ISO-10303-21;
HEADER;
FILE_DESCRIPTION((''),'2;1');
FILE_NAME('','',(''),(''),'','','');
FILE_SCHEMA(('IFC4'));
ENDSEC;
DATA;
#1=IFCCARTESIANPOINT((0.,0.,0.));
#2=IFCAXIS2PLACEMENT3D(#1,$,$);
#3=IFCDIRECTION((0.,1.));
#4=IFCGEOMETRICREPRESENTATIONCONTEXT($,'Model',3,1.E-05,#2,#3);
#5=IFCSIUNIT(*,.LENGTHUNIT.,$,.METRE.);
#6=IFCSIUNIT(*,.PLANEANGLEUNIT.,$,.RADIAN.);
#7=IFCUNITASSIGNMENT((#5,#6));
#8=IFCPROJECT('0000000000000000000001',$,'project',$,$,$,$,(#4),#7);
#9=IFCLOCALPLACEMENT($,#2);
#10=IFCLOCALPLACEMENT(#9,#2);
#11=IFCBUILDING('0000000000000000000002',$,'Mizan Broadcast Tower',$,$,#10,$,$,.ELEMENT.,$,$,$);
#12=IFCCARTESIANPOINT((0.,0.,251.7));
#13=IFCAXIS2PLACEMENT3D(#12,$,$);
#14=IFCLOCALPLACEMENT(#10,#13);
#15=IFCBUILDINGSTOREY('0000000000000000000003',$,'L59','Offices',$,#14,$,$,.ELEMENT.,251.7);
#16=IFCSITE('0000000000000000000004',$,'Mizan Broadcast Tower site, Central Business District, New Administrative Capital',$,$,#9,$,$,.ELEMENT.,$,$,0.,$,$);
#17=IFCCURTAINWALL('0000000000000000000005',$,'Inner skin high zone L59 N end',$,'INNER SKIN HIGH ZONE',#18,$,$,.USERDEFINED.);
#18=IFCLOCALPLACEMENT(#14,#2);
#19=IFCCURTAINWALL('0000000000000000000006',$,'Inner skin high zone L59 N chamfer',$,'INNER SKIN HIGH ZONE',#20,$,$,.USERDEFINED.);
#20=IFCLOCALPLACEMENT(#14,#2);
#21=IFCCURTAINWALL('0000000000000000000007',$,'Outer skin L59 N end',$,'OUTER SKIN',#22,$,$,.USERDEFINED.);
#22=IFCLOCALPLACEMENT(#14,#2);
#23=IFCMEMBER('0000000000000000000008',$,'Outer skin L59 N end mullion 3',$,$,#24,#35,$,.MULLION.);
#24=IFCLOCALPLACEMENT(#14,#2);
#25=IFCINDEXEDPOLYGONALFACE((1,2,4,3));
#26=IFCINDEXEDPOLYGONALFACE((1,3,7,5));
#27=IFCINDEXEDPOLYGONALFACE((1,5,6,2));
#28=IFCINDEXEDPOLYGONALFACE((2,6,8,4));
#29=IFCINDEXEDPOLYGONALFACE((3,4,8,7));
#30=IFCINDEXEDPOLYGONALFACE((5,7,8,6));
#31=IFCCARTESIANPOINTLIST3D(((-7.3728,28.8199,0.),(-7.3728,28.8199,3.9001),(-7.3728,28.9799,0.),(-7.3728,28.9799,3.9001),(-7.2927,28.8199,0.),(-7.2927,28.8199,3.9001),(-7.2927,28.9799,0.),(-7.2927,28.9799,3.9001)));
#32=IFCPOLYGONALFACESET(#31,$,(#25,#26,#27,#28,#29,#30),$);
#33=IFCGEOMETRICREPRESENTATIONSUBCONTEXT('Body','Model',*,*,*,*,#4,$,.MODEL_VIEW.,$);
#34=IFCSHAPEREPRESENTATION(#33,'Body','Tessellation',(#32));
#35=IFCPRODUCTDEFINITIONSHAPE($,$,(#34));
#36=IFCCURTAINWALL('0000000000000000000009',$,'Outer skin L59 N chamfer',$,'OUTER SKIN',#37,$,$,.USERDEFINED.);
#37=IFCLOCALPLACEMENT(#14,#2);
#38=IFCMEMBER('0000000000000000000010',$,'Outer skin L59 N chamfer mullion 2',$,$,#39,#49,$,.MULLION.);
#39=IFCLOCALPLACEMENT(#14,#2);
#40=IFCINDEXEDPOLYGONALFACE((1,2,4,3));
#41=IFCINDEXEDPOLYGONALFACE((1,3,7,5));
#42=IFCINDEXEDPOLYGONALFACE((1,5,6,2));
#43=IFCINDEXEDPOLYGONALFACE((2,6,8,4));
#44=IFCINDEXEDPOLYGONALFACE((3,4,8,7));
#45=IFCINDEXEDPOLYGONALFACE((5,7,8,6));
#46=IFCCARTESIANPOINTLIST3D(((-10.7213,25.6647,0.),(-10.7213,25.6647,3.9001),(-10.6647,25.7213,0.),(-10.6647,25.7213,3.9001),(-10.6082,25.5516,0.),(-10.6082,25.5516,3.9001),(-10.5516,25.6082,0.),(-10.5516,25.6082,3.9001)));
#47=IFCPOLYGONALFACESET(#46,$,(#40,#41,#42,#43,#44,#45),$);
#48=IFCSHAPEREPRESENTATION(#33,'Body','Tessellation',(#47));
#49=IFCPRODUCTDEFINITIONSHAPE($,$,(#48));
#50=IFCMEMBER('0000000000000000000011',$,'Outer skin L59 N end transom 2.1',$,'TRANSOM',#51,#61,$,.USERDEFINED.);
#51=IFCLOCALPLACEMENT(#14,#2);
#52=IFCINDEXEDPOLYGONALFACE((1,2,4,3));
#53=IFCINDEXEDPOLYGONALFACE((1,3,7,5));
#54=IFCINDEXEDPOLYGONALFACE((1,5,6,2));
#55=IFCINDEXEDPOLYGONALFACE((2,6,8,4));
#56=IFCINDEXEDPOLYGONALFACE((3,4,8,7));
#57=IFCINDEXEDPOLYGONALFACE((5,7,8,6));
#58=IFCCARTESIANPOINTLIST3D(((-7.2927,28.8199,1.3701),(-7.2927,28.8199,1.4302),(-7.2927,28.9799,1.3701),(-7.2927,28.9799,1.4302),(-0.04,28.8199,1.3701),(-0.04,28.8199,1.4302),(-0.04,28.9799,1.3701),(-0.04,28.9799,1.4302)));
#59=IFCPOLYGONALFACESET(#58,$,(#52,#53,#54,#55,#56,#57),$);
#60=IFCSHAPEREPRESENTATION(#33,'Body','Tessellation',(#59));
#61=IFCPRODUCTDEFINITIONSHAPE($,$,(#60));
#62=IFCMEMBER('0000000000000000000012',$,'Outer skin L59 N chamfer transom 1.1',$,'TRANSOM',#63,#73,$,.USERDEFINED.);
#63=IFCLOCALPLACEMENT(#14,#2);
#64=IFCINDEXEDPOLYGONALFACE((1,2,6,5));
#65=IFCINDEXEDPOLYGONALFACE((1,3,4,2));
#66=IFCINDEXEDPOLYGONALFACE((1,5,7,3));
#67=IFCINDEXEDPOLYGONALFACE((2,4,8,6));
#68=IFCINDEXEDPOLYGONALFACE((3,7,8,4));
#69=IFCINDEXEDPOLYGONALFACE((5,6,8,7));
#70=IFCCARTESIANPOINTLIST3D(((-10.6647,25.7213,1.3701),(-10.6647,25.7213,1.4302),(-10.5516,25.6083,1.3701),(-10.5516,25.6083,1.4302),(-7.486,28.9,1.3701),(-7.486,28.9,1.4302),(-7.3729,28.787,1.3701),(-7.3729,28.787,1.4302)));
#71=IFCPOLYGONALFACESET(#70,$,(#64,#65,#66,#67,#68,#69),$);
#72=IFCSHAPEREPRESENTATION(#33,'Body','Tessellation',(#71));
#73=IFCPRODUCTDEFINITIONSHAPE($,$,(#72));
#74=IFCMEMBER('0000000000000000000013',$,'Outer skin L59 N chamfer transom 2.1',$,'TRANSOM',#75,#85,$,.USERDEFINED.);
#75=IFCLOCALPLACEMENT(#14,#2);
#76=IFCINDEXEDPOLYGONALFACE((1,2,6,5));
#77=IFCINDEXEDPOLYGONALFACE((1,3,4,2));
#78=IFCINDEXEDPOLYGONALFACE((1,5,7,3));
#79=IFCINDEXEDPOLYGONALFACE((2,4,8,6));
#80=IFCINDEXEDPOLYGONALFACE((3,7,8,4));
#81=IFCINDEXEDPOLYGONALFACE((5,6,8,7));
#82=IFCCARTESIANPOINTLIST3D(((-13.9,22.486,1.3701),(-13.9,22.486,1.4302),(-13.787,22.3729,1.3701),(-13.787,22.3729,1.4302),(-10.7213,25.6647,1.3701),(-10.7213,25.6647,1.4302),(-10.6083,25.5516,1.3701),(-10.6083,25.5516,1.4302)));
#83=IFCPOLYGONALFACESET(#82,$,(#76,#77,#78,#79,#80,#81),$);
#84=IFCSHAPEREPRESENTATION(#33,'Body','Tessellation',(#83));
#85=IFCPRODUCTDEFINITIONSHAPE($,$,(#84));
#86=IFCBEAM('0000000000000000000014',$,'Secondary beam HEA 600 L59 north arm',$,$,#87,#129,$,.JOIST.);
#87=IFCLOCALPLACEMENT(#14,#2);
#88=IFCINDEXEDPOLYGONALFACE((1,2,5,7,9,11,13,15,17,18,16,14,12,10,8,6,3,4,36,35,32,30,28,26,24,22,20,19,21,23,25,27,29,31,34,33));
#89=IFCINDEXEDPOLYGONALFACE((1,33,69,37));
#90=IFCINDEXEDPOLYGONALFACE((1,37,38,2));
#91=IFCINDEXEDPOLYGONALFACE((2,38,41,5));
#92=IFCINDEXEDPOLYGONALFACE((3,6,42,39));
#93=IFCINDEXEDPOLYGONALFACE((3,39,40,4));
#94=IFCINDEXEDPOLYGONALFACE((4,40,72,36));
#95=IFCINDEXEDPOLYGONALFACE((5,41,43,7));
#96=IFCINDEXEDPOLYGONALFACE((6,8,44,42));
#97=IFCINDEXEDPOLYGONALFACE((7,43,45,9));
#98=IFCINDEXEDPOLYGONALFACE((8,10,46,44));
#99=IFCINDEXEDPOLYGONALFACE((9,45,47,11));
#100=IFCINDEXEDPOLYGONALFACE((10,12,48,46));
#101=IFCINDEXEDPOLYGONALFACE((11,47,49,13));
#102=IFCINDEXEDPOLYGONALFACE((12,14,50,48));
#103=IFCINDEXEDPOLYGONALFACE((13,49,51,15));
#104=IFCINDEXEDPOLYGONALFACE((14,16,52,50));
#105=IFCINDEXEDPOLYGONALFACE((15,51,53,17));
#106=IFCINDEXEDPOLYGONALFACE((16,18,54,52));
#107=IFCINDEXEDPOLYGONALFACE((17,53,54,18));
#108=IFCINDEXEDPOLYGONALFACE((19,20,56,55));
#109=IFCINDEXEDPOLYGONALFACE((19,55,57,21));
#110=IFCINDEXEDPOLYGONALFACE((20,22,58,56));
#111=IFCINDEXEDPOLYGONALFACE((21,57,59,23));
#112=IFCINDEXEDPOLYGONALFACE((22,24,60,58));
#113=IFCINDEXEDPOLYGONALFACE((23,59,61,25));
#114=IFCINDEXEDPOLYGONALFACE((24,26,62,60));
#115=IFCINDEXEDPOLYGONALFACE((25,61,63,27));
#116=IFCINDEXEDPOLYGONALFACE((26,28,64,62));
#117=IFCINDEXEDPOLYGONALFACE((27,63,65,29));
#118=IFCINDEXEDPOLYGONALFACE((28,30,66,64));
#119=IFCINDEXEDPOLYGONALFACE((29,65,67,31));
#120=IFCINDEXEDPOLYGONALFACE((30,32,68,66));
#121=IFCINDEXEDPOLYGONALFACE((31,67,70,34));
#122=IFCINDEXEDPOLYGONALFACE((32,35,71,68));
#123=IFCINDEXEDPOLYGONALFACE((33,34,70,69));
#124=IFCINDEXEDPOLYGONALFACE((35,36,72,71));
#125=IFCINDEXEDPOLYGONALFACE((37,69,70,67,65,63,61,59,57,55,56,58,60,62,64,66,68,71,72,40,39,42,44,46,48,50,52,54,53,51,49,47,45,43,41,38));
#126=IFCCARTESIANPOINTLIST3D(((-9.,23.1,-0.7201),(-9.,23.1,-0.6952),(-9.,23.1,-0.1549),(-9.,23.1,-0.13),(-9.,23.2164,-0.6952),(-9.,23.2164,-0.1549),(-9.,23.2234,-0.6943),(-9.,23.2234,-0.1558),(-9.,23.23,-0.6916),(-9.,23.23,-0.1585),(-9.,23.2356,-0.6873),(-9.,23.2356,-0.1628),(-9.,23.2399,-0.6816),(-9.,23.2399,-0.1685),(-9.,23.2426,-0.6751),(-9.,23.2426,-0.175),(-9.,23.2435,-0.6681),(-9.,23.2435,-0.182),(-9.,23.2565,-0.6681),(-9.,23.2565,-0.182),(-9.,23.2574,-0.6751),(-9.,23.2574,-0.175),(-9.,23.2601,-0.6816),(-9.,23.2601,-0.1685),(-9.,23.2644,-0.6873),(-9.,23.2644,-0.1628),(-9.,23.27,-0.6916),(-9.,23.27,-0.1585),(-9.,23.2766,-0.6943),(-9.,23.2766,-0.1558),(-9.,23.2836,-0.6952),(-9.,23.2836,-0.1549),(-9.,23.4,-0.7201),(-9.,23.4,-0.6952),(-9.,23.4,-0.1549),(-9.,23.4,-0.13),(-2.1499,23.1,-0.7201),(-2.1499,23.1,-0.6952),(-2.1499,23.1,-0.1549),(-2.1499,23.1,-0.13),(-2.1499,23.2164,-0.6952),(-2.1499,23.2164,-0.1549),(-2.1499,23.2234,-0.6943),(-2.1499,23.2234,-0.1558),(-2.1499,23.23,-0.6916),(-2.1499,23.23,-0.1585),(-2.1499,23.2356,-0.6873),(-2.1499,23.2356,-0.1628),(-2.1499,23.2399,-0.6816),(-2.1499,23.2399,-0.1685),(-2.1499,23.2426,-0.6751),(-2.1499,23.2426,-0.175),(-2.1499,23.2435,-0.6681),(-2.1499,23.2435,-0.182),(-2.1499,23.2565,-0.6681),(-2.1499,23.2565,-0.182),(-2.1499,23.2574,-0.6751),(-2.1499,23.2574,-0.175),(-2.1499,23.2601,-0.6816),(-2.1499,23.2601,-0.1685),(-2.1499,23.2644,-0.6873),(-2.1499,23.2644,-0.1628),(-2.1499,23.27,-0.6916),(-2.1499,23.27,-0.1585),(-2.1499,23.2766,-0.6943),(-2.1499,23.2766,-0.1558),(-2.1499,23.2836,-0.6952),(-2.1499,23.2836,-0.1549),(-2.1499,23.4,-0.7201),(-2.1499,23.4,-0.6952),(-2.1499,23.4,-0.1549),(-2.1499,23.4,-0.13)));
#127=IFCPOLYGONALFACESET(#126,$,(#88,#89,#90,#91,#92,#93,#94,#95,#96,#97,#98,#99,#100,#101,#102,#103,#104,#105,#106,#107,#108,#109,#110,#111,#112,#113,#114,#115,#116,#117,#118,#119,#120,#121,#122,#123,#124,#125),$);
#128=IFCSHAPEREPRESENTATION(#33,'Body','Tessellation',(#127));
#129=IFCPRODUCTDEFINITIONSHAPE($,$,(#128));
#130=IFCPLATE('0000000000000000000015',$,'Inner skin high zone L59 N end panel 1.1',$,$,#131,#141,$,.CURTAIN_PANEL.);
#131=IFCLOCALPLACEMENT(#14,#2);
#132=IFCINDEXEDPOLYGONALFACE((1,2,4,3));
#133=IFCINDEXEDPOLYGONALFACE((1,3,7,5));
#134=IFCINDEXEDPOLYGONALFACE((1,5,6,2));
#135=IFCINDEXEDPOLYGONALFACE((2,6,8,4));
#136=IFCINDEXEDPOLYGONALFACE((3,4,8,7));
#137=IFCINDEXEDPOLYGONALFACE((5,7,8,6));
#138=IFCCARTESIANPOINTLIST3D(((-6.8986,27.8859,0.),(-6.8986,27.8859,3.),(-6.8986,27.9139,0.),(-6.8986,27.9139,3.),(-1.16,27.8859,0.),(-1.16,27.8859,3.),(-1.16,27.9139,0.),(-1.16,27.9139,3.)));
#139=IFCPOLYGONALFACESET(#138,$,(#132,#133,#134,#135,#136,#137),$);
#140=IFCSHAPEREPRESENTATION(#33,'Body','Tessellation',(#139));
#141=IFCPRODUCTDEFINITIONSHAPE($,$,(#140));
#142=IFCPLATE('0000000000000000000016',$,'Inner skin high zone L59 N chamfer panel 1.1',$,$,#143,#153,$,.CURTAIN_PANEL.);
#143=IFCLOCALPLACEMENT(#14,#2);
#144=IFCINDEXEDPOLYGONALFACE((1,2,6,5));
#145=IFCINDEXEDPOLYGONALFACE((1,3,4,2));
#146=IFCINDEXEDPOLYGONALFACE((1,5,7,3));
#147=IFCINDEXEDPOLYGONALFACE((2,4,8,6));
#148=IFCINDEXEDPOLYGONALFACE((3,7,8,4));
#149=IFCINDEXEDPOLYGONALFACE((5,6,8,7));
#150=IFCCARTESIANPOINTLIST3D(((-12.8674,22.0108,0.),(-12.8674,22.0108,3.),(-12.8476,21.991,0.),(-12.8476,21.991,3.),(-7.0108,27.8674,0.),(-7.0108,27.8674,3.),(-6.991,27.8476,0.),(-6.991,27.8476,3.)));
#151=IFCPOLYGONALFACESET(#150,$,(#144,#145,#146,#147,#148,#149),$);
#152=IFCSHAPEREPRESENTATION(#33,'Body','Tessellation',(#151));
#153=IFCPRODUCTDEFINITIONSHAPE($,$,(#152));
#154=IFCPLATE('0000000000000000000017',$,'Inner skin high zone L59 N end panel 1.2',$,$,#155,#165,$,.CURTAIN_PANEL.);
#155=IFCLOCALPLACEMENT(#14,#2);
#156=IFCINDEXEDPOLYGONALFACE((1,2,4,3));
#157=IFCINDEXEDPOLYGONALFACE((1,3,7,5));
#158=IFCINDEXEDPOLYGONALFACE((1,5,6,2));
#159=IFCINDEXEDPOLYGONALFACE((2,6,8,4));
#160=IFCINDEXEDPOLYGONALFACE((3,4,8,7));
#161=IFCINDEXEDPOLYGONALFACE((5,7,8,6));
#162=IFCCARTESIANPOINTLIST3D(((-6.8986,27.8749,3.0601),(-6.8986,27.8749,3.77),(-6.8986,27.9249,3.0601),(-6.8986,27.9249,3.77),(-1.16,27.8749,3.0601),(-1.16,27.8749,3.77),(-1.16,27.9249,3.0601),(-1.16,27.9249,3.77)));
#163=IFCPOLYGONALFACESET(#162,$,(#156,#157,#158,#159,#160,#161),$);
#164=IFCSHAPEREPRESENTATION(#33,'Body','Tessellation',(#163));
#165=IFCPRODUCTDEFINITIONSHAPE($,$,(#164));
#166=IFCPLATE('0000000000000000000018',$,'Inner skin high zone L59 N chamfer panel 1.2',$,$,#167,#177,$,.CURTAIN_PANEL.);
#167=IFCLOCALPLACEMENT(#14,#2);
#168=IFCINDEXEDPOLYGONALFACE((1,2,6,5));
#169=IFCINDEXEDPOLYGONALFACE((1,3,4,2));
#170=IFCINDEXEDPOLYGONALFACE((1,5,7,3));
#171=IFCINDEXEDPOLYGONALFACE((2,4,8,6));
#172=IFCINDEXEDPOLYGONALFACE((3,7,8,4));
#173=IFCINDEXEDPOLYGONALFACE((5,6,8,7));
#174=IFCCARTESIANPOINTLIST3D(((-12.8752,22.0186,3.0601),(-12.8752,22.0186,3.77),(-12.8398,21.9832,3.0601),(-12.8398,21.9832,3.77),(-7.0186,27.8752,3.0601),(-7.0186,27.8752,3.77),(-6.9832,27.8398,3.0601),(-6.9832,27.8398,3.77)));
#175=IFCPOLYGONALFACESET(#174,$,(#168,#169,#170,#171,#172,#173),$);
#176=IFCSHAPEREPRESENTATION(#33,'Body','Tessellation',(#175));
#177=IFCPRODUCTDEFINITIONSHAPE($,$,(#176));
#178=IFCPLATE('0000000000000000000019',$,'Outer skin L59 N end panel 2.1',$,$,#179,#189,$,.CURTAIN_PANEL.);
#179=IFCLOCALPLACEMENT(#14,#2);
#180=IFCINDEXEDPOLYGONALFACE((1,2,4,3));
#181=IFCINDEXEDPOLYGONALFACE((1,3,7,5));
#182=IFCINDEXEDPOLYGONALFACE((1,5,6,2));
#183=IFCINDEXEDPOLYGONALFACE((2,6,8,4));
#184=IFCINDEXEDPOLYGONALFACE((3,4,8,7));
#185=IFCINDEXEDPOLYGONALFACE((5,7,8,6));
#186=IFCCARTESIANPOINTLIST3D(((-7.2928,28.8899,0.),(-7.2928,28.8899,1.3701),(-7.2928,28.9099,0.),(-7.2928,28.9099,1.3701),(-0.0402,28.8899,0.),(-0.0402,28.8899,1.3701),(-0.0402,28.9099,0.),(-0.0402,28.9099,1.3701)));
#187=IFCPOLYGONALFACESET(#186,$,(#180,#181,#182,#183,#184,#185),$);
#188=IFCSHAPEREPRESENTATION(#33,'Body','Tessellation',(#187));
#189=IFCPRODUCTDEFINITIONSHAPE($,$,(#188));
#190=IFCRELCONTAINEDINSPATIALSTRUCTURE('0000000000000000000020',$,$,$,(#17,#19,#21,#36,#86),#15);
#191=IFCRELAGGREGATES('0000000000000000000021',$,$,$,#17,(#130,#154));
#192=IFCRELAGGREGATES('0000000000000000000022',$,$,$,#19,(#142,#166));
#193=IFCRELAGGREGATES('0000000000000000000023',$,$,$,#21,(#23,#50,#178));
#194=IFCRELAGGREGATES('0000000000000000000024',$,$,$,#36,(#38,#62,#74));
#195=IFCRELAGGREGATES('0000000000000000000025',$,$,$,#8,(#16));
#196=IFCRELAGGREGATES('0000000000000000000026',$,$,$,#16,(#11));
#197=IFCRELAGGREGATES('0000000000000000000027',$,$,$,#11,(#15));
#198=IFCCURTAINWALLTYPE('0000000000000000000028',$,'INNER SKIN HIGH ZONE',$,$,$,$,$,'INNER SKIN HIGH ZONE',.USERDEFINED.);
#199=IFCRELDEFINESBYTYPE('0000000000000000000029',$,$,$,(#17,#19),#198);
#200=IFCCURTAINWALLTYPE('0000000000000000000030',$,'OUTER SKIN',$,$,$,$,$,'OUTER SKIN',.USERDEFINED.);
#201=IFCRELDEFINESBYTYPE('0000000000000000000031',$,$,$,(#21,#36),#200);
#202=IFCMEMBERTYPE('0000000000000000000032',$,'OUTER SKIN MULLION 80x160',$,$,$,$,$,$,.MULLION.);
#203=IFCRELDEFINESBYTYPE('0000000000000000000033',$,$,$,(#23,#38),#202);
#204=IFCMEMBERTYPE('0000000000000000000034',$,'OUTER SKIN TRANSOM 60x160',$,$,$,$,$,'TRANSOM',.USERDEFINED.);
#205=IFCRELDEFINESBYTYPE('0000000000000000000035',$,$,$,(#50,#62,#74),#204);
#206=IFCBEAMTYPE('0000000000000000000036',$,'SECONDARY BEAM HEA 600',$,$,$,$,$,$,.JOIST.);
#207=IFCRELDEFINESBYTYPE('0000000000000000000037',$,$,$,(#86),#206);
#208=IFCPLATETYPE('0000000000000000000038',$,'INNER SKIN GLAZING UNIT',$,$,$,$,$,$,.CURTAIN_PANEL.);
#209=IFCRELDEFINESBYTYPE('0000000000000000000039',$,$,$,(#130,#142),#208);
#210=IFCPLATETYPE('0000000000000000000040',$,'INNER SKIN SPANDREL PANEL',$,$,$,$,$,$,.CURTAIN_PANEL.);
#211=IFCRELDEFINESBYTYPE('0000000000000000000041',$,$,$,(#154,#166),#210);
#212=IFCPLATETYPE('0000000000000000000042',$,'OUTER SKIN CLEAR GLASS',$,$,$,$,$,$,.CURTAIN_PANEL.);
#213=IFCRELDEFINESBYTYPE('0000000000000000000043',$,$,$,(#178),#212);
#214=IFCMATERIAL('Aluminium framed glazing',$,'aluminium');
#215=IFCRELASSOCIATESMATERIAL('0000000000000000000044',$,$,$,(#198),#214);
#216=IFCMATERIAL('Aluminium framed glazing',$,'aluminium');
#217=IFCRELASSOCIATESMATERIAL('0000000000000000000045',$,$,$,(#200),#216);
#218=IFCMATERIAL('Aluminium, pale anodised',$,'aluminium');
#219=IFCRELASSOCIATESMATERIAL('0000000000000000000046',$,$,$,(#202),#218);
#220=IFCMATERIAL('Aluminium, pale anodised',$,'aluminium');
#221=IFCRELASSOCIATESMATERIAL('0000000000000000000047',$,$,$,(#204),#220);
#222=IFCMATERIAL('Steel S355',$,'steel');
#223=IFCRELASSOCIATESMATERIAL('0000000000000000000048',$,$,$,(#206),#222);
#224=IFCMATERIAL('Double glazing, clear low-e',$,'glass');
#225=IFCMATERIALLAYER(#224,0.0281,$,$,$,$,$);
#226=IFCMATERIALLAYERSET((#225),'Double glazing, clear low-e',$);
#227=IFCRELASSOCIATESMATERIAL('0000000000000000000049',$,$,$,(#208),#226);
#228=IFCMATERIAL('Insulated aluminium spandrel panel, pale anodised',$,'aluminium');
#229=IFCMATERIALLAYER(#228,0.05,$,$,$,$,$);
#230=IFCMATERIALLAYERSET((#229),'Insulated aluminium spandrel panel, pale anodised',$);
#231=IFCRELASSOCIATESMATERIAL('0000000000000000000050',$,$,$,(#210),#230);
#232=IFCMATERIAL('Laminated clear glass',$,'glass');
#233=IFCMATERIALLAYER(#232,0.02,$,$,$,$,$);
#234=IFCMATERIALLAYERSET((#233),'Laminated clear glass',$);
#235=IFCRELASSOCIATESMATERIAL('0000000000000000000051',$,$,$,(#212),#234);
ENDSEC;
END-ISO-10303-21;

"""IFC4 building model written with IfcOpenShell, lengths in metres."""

from ifc_helpers import new_model, si_unit, direction, frame, origin, origin_2d, place, context, subcontext, project, spatial, rectangle, i_section, extrude, material, layer, layer_set, material_profile, profile_set, type_object, element, aggregate, save


model = new_model("IFC4")

# Units and contexts
model_context = context("Model", 3, precision=1e-05, world=origin(), true_north=direction((0.0, 1.0)))
body_context = subcontext(model_context, "Body", "Model", "MODEL_VIEW")
ifc_project = project(units=[si_unit("LENGTHUNIT", "METRE"), si_unit("PLANEANGLEUNIT", "RADIAN")], contexts=[model_context])

# Site, building, storey
site_placement = place(None, origin())
site = spatial("IfcSite", under=ifc_project, at=site_placement, Name="Mizan Broadcast Tower site, Central Business District, New Administrative Capital", CompositionType="ELEMENT", RefElevation=0.0)
building_placement = place(site_placement, origin())
building = spatial("IfcBuilding", under=site, at=building_placement, Name="Mizan Broadcast Tower", CompositionType="ELEMENT")
storey_placement = place(building_placement, frame((0.0, 0.0, 251.7)))
storey = spatial("IfcBuildingStorey", under=building, at=storey_placement, Name="L59", Description="Offices", CompositionType="ELEMENT", Elevation=251.7)

# Curtain wall
ifc_material_1 = material(Name="Aluminium framed glazing", Category="aluminium")
curtain_wall_type_1 = type_object("IfcCurtainWallType", Name="INNER SKIN HIGH ZONE", ElementType="INNER SKIN HIGH ZONE", PredefinedType="USERDEFINED", material=ifc_material_1)
curtain_wall_1_placement = place(storey_placement, origin())
curtain_wall_1 = element("IfcCurtainWall", 1, at=curtain_wall_1_placement, inside=storey, type_object=curtain_wall_type_1, Name="Inner skin high zone L59 N end", ObjectType="INNER SKIN HIGH ZONE", PredefinedType="USERDEFINED")

# Curtain wall
curtain_wall_2_placement = place(storey_placement, origin())
curtain_wall_2 = element("IfcCurtainWall", 2, at=curtain_wall_2_placement, inside=storey, type_object=curtain_wall_type_1, Name="Inner skin high zone L59 N chamfer", ObjectType="INNER SKIN HIGH ZONE", PredefinedType="USERDEFINED")

# Curtain walls, members
ifc_material_2 = material(Name="Aluminium framed glazing", Category="aluminium")
curtain_wall_type_2 = type_object("IfcCurtainWallType", Name="OUTER SKIN", ElementType="OUTER SKIN", PredefinedType="USERDEFINED", material=ifc_material_2)
curtain_wall_3_placement = place(storey_placement, origin())
curtain_wall_3 = element("IfcCurtainWall", 3, at=curtain_wall_3_placement, inside=storey, type_object=curtain_wall_type_2, Name="Outer skin L59 N end", ObjectType="OUTER SKIN", PredefinedType="USERDEFINED")
ifc_material_3 = material(Name="Aluminium, pale anodised", Category="aluminium")
ifc_material_profile_1 = material_profile(ifc_material_3, rectangle(XDim=0.1599, YDim=0.0801, at=origin_2d()), Name="MULLION 160x80")
ifc_profile_set_1 = profile_set([ifc_material_profile_1], Name="Aluminium, pale anodised")
member_type_1 = type_object("IfcMemberType", Name="OUTER SKIN MULLION 80x160", PredefinedType="MULLION", material=ifc_profile_set_1)
member_1_placement = place(storey_placement, frame((-7.3328, 28.8999, 0.0), z_axis=(0.0, 0.0, 1.0), x_axis=(0.0, -1.0, 0.0)))
member_1 = element("IfcMember", 4, at=member_1_placement, type_object=member_type_1, Name="Outer skin L59 N end mullion 3", PredefinedType="MULLION", context=body_context, shape_type="SweptSolid", body=[
    extrude(rectangle(XDim=0.1599, YDim=0.0801, at=origin_2d()), origin(), (0.0, 0.0, 1.0), 3.9001),
])
curtain_wall_4_placement = place(storey_placement, origin())
curtain_wall_4 = element("IfcCurtainWall", 5, at=curtain_wall_4_placement, inside=storey, type_object=curtain_wall_type_2, Name="Outer skin L59 N chamfer", ObjectType="OUTER SKIN", PredefinedType="USERDEFINED")
member_2_placement = place(storey_placement, frame((-10.6365, 25.6365, 0.0), z_axis=(0.0, 0.0, 1.0), x_axis=(0.707107, -0.707107, 0.0)))
member_2 = element("IfcMember", 6, at=member_2_placement, type_object=member_type_1, Name="Outer skin L59 N chamfer mullion 2", PredefinedType="MULLION", context=body_context, shape_type="SweptSolid", body=[
    extrude(rectangle(XDim=0.1599, YDim=0.0801, at=origin_2d()), origin(), (0.0, 0.0, 1.0), 3.9001),
])

# Members
ifc_material_4 = material(Name="Aluminium, pale anodised", Category="aluminium")
ifc_material_profile_2 = material_profile(ifc_material_4, rectangle(XDim=0.1599, YDim=0.0601, at=origin_2d()), Name="TRANSOM 160x60")
ifc_profile_set_2 = profile_set([ifc_material_profile_2], Name="Aluminium, pale anodised")
member_type_2 = type_object("IfcMemberType", Name="OUTER SKIN TRANSOM 60x160", ElementType="TRANSOM", PredefinedType="USERDEFINED", material=ifc_profile_set_2)
member_3_placement = place(storey_placement, frame((-0.04, 28.8999, 1.4001), z_axis=(-1.0, 0.0, 0.0), x_axis=(0.0, -1.0, 0.0)))
member_3 = element("IfcMember", 7, at=member_3_placement, type_object=member_type_2, Name="Outer skin L59 N end transom 2.1", ObjectType="TRANSOM", PredefinedType="USERDEFINED", context=body_context, shape_type="SweptSolid", body=[
    extrude(rectangle(XDim=0.1599, YDim=0.0601, at=origin_2d()), origin(), (0.0, 0.0, 1.0), 7.2527),
])
member_4_placement = place(storey_placement, frame((-7.4294, 28.8435, 1.4001), z_axis=(-0.707107, -0.707107, 0.0), x_axis=(0.707107, -0.707107, 0.0)))
member_4 = element("IfcMember", 8, at=member_4_placement, type_object=member_type_2, Name="Outer skin L59 N chamfer transom 1.1", ObjectType="TRANSOM", PredefinedType="USERDEFINED", context=body_context, shape_type="SweptSolid", body=[
    extrude(rectangle(XDim=0.1599, YDim=0.0601, at=origin_2d()), origin(), (0.0, 0.0, 1.0), 4.4954),
])
member_5_placement = place(storey_placement, frame((-10.6648, 25.6082, 1.4001), z_axis=(-0.707107, -0.707107, 0.0), x_axis=(0.707107, -0.707107, 0.0)))
member_5 = element("IfcMember", 9, at=member_5_placement, type_object=member_type_2, Name="Outer skin L59 N chamfer transom 2.1", ObjectType="TRANSOM", PredefinedType="USERDEFINED", context=body_context, shape_type="SweptSolid", body=[
    extrude(rectangle(XDim=0.1599, YDim=0.0601, at=origin_2d()), origin(), (0.0, 0.0, 1.0), 4.4954),
])

# Beam
ifc_material_5 = material(Name="Steel S355", Category="steel")
ifc_material_profile_3 = material_profile(ifc_material_5, i_section(OverallWidth=0.3, OverallDepth=0.5901, WebThickness=0.0129, FlangeThickness=0.0249, FilletRadius=0.0271, at=origin_2d()), Name="HEA 600")
ifc_profile_set_3 = profile_set([ifc_material_profile_3], Name="Steel S355")
beam_type_1 = type_object("IfcBeamType", Name="SECONDARY BEAM HEA 600", PredefinedType="JOIST", material=ifc_profile_set_3)
beam_1_placement = place(storey_placement, frame((-9.0, 23.25, -0.425), z_axis=(1.0, 0.0, 0.0), x_axis=(0.0, 1.0, 0.0)))
element("IfcBeam", 10, at=beam_1_placement, inside=storey, type_object=beam_type_1, Name="Secondary beam HEA 600 L59 north arm", PredefinedType="JOIST", context=body_context, shape_type="SweptSolid", body=[
    extrude(i_section(OverallWidth=0.3, OverallDepth=0.5901, WebThickness=0.0129, FlangeThickness=0.0249, FilletRadius=0.0271, at=origin_2d()), origin(), (0.0, 0.0, 1.0), 6.8501),
])

# Plates
ifc_material_6 = material(Name="Double glazing, clear low-e", Category="glass")
ifc_layer_1 = layer(ifc_material_6, 0.0281)
ifc_layer_set_1 = layer_set([ifc_layer_1], Name="Double glazing, clear low-e")
plate_type_1 = type_object("IfcPlateType", Name="INNER SKIN GLAZING UNIT", PredefinedType="CURTAIN_PANEL", material=ifc_layer_set_1)
plate_1_placement = place(storey_placement, frame((-4.0293, 27.8999, 0.0), z_axis=(0.0, 0.0, 1.0), x_axis=(-1.0, 0.0, 0.0)))
plate_1 = element("IfcPlate", 11, at=plate_1_placement, type_object=plate_type_1, Name="Inner skin high zone L59 N end panel 1.1", PredefinedType="CURTAIN_PANEL", context=body_context, shape_type="SweptSolid", body=[
    extrude(rectangle(XDim=5.7385, YDim=0.0281, at=origin_2d()), origin(), (0.0, 0.0, 1.0), 3.0),
])
plate_2_placement = place(storey_placement, frame((-9.9292, 24.9292, 0.0), z_axis=(0.0, 0.0, 1.0), x_axis=(-0.707107, -0.707107, 0.0)))
plate_2 = element("IfcPlate", 12, at=plate_2_placement, type_object=plate_type_1, Name="Inner skin high zone L59 N chamfer panel 1.1", PredefinedType="CURTAIN_PANEL", context=body_context, shape_type="SweptSolid", body=[
    extrude(rectangle(XDim=8.2825, YDim=0.0281, at=origin_2d()), origin(), (0.0, 0.0, 1.0), 3.0),
])
ifc_material_7 = material(Name="Insulated aluminium spandrel panel, pale anodised", Category="aluminium")
ifc_layer_2 = layer(ifc_material_7, 0.05)
ifc_layer_set_2 = layer_set([ifc_layer_2], Name="Insulated aluminium spandrel panel, pale anodised")
plate_type_2 = type_object("IfcPlateType", Name="INNER SKIN SPANDREL PANEL", PredefinedType="CURTAIN_PANEL", material=ifc_layer_set_2)
plate_3_placement = place(storey_placement, frame((-4.0293, 27.8999, 3.0601), z_axis=(0.0, 0.0, 1.0), x_axis=(-1.0, 0.0, 0.0)))
plate_3 = element("IfcPlate", 13, at=plate_3_placement, type_object=plate_type_2, Name="Inner skin high zone L59 N end panel 1.2", PredefinedType="CURTAIN_PANEL", context=body_context, shape_type="SweptSolid", body=[
    extrude(rectangle(XDim=5.7385, YDim=0.05, at=origin_2d()), origin(), (0.0, 0.0, 1.0), 0.71),
])
aggregate(curtain_wall_1, [plate_1, plate_3])
plate_4_placement = place(storey_placement, frame((-9.9292, 24.9292, 3.0601), z_axis=(0.0, 0.0, 1.0), x_axis=(-0.707107, -0.707107, 0.0)))
plate_4 = element("IfcPlate", 14, at=plate_4_placement, type_object=plate_type_2, Name="Inner skin high zone L59 N chamfer panel 1.2", PredefinedType="CURTAIN_PANEL", context=body_context, shape_type="SweptSolid", body=[
    extrude(rectangle(XDim=8.2825, YDim=0.05, at=origin_2d()), origin(), (0.0, 0.0, 1.0), 0.71),
])
aggregate(curtain_wall_2, [plate_2, plate_4])
ifc_material_8 = material(Name="Laminated clear glass", Category="glass")
ifc_layer_3 = layer(ifc_material_8, 0.02)
ifc_layer_set_3 = layer_set([ifc_layer_3], Name="Laminated clear glass")
plate_type_3 = type_object("IfcPlateType", Name="OUTER SKIN CLEAR GLASS", PredefinedType="CURTAIN_PANEL", material=ifc_layer_set_3)
plate_5_placement = place(storey_placement, frame((-3.6665, 28.8999, 0.0), z_axis=(0.0, 0.0, 1.0), x_axis=(-1.0, 0.0, 0.0)))
plate_5 = element("IfcPlate", 15, at=plate_5_placement, type_object=plate_type_3, Name="Outer skin L59 N end panel 2.1", PredefinedType="CURTAIN_PANEL", context=body_context, shape_type="SweptSolid", body=[
    extrude(rectangle(XDim=7.2527, YDim=0.02, at=origin_2d()), origin(), (0.0, 0.0, 1.0), 1.3701),
])
aggregate(curtain_wall_3, [member_1, member_3, plate_5])
aggregate(curtain_wall_4, [member_2, member_4, member_5])

save(model, "model.ifc")
